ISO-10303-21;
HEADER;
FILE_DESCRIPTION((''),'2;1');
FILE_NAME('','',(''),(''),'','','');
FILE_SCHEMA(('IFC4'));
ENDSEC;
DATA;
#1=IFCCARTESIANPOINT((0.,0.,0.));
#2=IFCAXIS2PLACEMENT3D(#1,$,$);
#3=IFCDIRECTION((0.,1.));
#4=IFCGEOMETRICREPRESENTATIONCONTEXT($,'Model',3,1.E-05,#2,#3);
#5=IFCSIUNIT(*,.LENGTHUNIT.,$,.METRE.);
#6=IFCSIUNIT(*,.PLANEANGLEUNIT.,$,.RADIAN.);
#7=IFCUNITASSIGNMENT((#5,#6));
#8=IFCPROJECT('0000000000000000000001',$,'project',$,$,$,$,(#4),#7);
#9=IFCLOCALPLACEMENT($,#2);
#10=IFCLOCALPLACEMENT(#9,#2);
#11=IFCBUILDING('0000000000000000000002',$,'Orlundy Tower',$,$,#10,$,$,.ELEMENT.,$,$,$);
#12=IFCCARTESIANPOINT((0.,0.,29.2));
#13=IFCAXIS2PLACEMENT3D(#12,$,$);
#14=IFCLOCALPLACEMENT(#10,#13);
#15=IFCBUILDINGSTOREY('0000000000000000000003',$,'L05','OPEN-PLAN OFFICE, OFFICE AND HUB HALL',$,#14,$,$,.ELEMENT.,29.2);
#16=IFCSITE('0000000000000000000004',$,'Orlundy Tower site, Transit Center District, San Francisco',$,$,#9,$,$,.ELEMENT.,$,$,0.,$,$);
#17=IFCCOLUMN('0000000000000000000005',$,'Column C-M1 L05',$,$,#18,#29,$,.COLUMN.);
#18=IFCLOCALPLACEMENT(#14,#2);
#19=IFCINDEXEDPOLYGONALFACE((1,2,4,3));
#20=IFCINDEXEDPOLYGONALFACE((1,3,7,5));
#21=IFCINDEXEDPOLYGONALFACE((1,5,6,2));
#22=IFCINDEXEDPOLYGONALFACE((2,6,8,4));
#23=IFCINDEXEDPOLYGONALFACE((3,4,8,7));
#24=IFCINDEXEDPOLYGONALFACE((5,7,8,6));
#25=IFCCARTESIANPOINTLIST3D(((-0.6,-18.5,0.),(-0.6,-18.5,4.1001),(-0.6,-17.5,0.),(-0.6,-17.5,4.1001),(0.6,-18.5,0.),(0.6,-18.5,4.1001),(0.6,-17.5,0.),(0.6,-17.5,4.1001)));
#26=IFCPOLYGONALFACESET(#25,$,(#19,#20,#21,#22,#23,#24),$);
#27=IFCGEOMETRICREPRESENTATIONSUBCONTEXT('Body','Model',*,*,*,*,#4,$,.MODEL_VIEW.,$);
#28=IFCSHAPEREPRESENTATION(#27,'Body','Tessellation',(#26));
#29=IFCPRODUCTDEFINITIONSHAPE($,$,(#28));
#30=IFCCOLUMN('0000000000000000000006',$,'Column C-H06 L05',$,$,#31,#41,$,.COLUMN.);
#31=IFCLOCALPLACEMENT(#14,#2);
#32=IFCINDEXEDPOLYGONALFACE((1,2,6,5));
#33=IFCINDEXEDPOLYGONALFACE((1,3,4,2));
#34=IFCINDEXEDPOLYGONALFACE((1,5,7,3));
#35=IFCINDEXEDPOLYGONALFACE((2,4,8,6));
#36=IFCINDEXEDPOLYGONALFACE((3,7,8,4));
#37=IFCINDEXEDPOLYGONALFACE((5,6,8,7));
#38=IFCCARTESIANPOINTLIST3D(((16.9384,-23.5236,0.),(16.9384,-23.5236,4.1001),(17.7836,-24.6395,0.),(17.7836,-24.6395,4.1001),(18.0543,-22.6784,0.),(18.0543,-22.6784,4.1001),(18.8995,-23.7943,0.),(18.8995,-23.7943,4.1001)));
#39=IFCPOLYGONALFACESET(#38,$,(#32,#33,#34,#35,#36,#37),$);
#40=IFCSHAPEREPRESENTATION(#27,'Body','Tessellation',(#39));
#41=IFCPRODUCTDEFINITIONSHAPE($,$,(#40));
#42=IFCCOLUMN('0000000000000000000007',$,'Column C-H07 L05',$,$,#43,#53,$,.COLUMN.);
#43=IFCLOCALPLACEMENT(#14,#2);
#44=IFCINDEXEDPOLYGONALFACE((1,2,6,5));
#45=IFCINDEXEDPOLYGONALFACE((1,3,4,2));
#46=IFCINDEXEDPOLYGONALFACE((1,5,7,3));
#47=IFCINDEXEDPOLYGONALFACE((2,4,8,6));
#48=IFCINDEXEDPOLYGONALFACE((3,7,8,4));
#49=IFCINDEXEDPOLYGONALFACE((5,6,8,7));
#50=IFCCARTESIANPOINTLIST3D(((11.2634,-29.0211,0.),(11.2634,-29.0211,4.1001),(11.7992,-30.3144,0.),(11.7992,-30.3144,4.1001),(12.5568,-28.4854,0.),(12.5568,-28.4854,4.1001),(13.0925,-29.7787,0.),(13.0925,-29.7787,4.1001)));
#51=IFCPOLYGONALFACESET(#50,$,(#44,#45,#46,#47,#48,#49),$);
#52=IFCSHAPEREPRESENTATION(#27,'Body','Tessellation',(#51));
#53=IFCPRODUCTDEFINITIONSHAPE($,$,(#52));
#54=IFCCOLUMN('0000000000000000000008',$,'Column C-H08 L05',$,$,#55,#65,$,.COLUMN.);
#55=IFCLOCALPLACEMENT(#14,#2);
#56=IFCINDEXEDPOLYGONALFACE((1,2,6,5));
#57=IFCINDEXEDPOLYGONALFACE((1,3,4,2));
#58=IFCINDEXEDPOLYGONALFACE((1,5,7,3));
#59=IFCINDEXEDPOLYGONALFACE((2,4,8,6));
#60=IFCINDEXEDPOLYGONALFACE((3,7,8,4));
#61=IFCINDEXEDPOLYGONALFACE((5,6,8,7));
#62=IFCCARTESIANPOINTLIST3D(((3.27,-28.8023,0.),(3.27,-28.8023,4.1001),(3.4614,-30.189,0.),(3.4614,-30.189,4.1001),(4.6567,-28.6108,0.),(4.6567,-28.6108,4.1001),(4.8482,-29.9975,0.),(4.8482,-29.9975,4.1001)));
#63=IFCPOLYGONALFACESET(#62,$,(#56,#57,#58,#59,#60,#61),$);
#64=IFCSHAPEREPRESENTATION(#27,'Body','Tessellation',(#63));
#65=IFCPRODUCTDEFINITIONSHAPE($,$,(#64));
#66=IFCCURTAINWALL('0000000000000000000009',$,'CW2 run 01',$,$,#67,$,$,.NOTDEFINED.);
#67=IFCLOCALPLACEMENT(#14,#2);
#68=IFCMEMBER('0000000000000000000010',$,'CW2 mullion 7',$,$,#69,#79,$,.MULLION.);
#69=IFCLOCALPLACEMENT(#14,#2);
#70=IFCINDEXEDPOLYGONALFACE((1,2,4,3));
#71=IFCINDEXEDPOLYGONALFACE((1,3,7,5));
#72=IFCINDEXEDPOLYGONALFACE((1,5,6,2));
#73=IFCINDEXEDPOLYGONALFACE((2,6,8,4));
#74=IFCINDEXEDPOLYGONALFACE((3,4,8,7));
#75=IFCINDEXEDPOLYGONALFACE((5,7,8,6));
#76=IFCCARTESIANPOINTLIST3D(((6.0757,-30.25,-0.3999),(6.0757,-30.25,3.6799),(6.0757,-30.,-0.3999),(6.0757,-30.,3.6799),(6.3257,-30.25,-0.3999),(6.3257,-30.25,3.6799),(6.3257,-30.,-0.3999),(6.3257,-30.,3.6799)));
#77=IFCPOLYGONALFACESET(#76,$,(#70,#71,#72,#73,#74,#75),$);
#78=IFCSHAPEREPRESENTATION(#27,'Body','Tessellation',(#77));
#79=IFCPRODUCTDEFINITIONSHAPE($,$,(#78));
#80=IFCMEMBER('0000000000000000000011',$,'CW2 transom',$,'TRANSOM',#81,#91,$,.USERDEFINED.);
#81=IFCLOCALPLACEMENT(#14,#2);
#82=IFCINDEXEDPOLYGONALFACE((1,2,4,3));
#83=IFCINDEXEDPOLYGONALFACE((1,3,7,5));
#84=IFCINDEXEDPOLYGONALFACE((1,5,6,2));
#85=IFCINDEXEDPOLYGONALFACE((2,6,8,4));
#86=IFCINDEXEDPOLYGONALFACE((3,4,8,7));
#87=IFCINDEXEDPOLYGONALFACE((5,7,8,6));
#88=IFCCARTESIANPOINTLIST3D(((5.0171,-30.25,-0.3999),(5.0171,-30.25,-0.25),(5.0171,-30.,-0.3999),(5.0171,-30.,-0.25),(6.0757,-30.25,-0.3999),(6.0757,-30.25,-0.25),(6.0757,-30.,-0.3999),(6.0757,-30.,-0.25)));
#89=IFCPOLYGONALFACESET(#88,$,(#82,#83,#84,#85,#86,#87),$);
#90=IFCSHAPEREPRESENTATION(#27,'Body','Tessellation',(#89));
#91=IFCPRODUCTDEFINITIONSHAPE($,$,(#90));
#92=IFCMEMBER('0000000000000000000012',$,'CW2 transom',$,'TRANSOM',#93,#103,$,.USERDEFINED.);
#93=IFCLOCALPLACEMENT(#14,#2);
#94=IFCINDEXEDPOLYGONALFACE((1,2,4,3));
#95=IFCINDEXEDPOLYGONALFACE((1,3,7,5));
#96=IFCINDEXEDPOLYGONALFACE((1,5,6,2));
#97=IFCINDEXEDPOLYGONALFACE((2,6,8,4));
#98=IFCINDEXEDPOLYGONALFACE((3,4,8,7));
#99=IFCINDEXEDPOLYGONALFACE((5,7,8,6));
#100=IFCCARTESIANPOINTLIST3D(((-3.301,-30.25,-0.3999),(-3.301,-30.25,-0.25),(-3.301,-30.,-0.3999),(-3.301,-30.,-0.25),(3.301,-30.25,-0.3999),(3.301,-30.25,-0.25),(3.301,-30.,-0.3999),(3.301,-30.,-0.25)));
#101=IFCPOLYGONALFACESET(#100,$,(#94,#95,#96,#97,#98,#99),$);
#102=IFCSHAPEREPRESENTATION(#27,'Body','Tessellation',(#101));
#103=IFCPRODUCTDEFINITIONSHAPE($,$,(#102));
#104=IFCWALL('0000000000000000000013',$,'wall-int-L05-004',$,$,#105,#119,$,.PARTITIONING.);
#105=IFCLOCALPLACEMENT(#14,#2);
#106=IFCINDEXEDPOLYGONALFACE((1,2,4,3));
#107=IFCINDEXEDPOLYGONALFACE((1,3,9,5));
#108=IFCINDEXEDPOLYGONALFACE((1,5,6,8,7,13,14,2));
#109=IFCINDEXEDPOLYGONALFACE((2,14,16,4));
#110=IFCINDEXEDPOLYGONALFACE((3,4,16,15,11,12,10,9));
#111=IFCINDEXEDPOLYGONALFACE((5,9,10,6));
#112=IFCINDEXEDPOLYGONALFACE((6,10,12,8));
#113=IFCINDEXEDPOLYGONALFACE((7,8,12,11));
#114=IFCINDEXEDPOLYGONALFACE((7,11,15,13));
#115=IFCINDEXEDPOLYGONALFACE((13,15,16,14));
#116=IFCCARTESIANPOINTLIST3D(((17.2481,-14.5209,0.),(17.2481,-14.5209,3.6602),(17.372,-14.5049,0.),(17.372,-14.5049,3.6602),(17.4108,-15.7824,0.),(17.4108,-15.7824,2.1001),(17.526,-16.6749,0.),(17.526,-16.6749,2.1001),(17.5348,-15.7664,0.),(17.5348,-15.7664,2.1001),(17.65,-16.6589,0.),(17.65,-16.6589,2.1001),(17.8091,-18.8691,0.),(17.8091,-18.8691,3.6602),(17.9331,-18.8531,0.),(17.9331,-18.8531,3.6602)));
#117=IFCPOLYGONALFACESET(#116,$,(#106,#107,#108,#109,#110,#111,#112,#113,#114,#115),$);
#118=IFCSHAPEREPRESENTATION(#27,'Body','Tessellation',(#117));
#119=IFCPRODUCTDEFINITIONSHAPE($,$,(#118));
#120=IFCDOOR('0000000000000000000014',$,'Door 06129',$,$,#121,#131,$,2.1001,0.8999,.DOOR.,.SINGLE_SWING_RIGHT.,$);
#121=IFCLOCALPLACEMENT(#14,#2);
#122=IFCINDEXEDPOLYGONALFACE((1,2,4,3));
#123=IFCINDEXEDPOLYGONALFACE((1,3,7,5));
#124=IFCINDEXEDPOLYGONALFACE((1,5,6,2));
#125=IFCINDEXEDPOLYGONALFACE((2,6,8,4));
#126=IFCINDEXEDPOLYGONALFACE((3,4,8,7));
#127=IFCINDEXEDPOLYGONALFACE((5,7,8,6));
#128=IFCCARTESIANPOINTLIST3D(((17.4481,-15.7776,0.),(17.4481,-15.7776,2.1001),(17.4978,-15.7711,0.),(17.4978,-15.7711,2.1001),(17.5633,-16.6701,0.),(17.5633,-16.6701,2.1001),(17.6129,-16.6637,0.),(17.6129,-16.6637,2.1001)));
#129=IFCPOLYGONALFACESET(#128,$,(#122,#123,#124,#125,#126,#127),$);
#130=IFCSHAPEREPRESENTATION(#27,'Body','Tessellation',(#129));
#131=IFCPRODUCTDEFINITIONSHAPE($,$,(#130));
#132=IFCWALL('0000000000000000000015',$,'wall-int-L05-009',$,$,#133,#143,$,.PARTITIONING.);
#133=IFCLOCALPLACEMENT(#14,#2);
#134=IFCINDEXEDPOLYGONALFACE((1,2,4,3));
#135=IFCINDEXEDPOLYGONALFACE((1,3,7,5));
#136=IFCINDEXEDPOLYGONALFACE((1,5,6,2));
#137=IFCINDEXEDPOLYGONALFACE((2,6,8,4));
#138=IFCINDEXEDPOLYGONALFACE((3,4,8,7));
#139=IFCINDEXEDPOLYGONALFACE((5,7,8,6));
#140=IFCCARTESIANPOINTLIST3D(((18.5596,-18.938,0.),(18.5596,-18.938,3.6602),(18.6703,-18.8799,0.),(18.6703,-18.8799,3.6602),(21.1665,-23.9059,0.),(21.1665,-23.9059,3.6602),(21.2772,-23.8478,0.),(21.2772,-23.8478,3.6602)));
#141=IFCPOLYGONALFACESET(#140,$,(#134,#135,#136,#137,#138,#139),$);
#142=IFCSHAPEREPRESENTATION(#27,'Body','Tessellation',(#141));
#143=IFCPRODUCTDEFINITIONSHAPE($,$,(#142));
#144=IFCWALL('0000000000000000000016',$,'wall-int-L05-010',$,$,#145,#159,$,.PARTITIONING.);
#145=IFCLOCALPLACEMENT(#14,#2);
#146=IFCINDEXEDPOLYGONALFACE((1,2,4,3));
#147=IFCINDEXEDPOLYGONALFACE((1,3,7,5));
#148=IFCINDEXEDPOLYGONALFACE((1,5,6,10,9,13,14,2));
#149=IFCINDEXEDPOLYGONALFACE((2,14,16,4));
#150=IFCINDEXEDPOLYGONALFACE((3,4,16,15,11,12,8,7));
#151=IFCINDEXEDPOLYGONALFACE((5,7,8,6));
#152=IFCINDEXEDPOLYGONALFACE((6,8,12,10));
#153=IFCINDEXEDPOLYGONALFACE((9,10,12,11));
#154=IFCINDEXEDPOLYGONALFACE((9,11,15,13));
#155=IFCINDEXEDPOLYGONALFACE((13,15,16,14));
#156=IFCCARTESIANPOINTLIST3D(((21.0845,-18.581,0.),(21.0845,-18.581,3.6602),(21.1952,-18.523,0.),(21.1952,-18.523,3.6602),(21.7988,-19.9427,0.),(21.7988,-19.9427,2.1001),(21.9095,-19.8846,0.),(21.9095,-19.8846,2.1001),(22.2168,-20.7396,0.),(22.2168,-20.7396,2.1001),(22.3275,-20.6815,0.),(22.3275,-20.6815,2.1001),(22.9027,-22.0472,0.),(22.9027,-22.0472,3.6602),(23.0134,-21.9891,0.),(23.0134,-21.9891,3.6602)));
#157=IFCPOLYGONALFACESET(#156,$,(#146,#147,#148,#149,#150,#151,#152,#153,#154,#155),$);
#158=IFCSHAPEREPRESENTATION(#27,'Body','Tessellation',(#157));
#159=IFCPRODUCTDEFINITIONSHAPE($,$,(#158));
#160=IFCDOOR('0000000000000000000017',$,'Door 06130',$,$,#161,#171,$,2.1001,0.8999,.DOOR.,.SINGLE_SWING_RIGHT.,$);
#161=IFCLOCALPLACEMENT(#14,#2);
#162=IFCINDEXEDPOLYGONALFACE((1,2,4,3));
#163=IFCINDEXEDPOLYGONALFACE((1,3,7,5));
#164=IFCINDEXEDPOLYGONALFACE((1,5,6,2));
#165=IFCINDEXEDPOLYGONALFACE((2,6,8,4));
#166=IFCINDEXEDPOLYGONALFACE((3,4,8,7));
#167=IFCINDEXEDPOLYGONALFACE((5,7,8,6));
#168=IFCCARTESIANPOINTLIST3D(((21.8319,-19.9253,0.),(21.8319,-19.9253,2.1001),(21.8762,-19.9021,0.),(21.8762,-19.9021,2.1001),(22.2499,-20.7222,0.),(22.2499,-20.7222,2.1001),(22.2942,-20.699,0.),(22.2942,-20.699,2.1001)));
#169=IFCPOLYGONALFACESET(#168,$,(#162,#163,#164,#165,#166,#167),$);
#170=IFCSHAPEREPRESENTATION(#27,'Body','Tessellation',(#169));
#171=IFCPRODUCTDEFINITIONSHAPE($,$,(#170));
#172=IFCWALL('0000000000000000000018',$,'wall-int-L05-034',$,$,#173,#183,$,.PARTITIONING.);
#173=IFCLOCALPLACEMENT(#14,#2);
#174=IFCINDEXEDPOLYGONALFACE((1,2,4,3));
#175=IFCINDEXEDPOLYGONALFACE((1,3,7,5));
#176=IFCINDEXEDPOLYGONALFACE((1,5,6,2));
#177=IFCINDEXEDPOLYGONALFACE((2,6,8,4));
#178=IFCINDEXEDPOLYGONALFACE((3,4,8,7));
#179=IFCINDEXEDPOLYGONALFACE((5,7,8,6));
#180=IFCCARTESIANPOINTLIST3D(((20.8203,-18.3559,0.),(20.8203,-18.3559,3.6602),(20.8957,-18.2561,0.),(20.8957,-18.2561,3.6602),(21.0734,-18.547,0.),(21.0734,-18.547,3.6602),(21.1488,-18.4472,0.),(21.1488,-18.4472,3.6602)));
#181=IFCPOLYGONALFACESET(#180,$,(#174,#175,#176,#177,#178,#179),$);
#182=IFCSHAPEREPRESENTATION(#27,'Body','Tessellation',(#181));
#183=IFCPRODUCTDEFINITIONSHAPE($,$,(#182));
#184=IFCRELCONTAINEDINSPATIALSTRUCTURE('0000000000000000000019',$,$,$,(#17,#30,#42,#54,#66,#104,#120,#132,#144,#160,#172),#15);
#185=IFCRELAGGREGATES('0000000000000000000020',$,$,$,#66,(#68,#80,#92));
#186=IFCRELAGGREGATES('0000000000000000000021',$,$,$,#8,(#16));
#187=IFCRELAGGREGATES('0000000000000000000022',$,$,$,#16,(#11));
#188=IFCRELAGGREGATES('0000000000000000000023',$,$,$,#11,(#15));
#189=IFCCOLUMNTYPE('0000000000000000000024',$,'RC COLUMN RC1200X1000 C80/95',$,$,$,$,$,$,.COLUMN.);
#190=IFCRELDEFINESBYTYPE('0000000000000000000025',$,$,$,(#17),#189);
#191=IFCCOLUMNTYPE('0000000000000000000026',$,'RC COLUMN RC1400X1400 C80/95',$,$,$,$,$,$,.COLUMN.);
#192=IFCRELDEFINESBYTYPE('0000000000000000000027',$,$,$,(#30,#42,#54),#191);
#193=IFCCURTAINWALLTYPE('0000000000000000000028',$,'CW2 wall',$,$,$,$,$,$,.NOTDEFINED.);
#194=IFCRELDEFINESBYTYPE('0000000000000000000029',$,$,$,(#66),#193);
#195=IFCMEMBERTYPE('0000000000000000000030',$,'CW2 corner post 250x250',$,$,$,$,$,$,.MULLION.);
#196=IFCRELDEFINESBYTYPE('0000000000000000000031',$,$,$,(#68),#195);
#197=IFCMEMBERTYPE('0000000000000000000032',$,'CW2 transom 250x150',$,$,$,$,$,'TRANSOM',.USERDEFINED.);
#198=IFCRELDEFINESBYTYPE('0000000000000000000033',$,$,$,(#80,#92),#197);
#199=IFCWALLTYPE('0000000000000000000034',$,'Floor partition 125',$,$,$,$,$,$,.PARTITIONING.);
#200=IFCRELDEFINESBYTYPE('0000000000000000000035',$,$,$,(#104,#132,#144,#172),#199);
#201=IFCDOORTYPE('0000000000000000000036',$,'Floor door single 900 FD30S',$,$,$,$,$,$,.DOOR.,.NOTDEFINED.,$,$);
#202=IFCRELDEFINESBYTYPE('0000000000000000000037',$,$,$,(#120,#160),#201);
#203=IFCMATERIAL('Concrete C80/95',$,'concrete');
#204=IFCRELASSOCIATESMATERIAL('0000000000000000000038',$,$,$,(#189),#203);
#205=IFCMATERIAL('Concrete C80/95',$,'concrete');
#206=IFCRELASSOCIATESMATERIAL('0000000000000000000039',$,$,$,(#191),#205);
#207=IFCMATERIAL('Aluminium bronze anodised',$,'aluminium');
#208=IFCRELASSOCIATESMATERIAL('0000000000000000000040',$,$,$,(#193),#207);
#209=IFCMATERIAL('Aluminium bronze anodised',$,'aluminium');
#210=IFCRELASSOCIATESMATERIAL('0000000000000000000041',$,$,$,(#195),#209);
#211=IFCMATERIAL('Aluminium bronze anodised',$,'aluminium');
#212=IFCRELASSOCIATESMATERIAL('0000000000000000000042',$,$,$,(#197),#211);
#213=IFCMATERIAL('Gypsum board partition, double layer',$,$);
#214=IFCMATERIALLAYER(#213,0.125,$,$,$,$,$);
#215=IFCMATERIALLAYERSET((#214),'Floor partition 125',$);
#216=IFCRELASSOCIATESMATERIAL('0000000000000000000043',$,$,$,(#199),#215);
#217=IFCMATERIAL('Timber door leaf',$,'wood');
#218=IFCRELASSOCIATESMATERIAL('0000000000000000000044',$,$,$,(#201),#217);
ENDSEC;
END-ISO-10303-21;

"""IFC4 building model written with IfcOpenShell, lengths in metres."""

from ifc_helpers import new_model, si_unit, direction, frame, frame_2d, origin, origin_2d, place, context, subcontext, project, spatial, rectangle, extrude, material, layer, layer_set, material_profile, profile_set, type_object, element, fill, aggregate, save


model = new_model("IFC4")

# Units and contexts
model_context = context("Model", 3, precision=1e-05, world=origin(), true_north=direction((0.0, 1.0)))
body_context = subcontext(model_context, "Body", "Model", "MODEL_VIEW")
ifc_project = project(units=[si_unit("LENGTHUNIT", "METRE"), si_unit("PLANEANGLEUNIT", "RADIAN")], contexts=[model_context])

# Site, building, storey
site_placement = place(None, origin())
site = spatial("IfcSite", under=ifc_project, at=site_placement, Name="Orlundy Tower site, Transit Center District, San Francisco", CompositionType="ELEMENT", RefElevation=0.0)
building_placement = place(site_placement, origin())
building = spatial("IfcBuilding", under=site, at=building_placement, Name="Orlundy Tower", CompositionType="ELEMENT")
storey_placement = place(building_placement, frame((0.0, 0.0, 29.2)))
storey = spatial("IfcBuildingStorey", under=building, at=storey_placement, Name="L05", Description="OPEN-PLAN OFFICE, OFFICE AND HUB HALL", CompositionType="ELEMENT", Elevation=29.2)

# Columns
ifc_material_1 = material(Name="Concrete C80/95", Category="concrete")
ifc_material_profile_1 = material_profile(ifc_material_1, rectangle(XDim=1.2, YDim=1.0, at=origin_2d()), Name="RC1200X1000")
ifc_profile_set_1 = profile_set([ifc_material_profile_1], Name="Concrete C80/95")
column_type_1 = type_object("IfcColumnType", Name="RC COLUMN RC1200X1000 C80/95", PredefinedType="COLUMN", material=ifc_profile_set_1)
column_placement = place(storey_placement, frame((0.0, -18.0, 0.0), z_axis=(0.0, 0.0, 1.0), x_axis=(1.0, 0.0, 0.0)))
element("IfcColumn", 1, at=column_placement, inside=storey, type_object=column_type_1, Name="Column C-M1 L05", PredefinedType="COLUMN", context=body_context, shape_type="SweptSolid", body=[
    extrude(rectangle(XDim=1.2, YDim=1.0, at=origin_2d()), origin(), (0.0, 0.0, 1.0), 4.1001),
])
ifc_material_2 = material(Name="Concrete C80/95", Category="concrete")
ifc_material_profile_2 = material_profile(ifc_material_2, rectangle(XDim=1.3999, YDim=1.3999, at=origin_2d()), Name="RC1400X1400")
ifc_profile_set_2 = profile_set([ifc_material_profile_2], Name="Concrete C80/95")
column_type_2 = type_object("IfcColumnType", Name="RC COLUMN RC1400X1400 C80/95", PredefinedType="COLUMN", material=ifc_profile_set_2)
for number, where, z_axis, x_axis, name in (
    (2, (17.9189, -23.6589, 0.0), (0.0, 0.0, 1.0), (0.603765, -0.797163, 0.0), "Column C-H06 L05"),
    (3, (12.178, -29.3999, 0.0), (0.0, 0.0, 1.0), (0.382683, -0.92388, 0.0), "Column C-H07 L05"),
    (4, (4.0591, -29.3999, 0.0), (0.0, 0.0, 1.0), (0.13677, -0.990603, 0.0), "Column C-H08 L05"),
):
    element("IfcColumn", number, at=place(storey_placement, frame(where, z_axis=z_axis, x_axis=x_axis)), inside=storey, type_object=column_type_2, Name=name, PredefinedType="COLUMN", context=body_context, shape_type="SweptSolid", body=[
        extrude(rectangle(XDim=1.3999, YDim=1.3999, at=origin_2d()), origin(), (0.0, 0.0, 1.0), 4.1001),
    ])

# Curtain wall, members
ifc_material_3 = material(Name="Aluminium bronze anodised", Category="aluminium")
curtain_wall_type = type_object("IfcCurtainWallType", Name="CW2 wall", PredefinedType="NOTDEFINED", material=ifc_material_3)
curtain_wall_placement = place(storey_placement, origin())
curtain_wall = element("IfcCurtainWall", 5, at=curtain_wall_placement, inside=storey, type_object=curtain_wall_type, Name="CW2 run 01", PredefinedType="NOTDEFINED")
ifc_material_4 = material(Name="Aluminium bronze anodised", Category="aluminium")
ifc_material_profile_3 = material_profile(ifc_material_4, rectangle(XDim=0.25, YDim=0.25, at=origin_2d()), Name="CW2 corner post 250x250")
ifc_profile_set_3 = profile_set([ifc_material_profile_3], Name="Aluminium bronze anodised")
member_type_1 = type_object("IfcMemberType", Name="CW2 corner post 250x250", PredefinedType="MULLION", material=ifc_profile_set_3)
member_1_placement = place(storey_placement, frame((6.2007, -30.125, -0.3999), z_axis=(0.0, 0.0, 1.0), x_axis=(0.0, -1.0, 0.0)))
member_1 = element("IfcMember", 6, at=member_1_placement, type_object=member_type_1, Name="CW2 mullion 7", PredefinedType="MULLION", context=body_context, shape_type="SweptSolid", body=[
    extrude(rectangle(XDim=0.25, YDim=0.25, at=origin_2d()), origin(), (0.0, 0.0, 1.0), 4.0798),
])
ifc_material_5 = material(Name="Aluminium bronze anodised", Category="aluminium")
ifc_material_profile_4 = material_profile(ifc_material_5, rectangle(XDim=0.25, YDim=0.1499, at=origin_2d()), Name="CW2 transom 250x150")
ifc_profile_set_4 = profile_set([ifc_material_profile_4], Name="Aluminium bronze anodised")
member_type_2 = type_object("IfcMemberType", Name="CW2 transom 250x150", ElementType="TRANSOM", PredefinedType="USERDEFINED", material=ifc_profile_set_4)
member_2_placement = place(storey_placement, frame((6.0757, -30.125, -0.325), z_axis=(-1.0, 0.0, 0.0), x_axis=(0.0, -1.0, 0.0)))
member_2 = element("IfcMember", 7, at=member_2_placement, type_object=member_type_2, Name="CW2 transom", ObjectType="TRANSOM", PredefinedType="USERDEFINED", context=body_context, shape_type="SweptSolid", body=[
    extrude(rectangle(XDim=0.25, YDim=0.1499, at=origin_2d()), origin(), (0.0, 0.0, 1.0), 1.0586),
])
member_3_placement = place(storey_placement, frame((3.301, -30.125, -0.325), z_axis=(-1.0, 0.0, 0.0), x_axis=(0.0, -1.0, 0.0)))
member_3 = element("IfcMember", 8, at=member_3_placement, type_object=member_type_2, Name="CW2 transom", ObjectType="TRANSOM", PredefinedType="USERDEFINED", context=body_context, shape_type="SweptSolid", body=[
    extrude(rectangle(XDim=0.25, YDim=0.1499, at=origin_2d()), origin(), (0.0, 0.0, 1.0), 6.6021),
])
aggregate(curtain_wall, [member_1, member_2, member_3])

# Wall, opening, door
ifc_material_6 = material(Name="Gypsum board partition, double layer")
ifc_layer = layer(ifc_material_6, 0.125)
ifc_layer_set = layer_set([ifc_layer], Name="Floor partition 125")
wall_type = type_object("IfcWallType", Name="Floor partition 125", PredefinedType="PARTITIONING", material=ifc_layer_set)
wall_1_placement = place(storey_placement, frame((17.8711, -18.8611, 0.0), z_axis=(0.0, 0.0, 1.0), x_axis=(-0.127968, 0.991778, 0.0)))
wall_1 = element("IfcWall", 9, at=wall_1_placement, inside=storey, type_object=wall_type, Name="wall-int-L05-004", PredefinedType="PARTITIONING", context=body_context, shape_type="SweptSolid", body=[
    extrude(rectangle(XDim=4.3843, YDim=0.125, at=frame_2d((2.1921, 0.0))), origin(), (0.0, 0.0, 1.0), 3.6602),
])
opening_1_placement = place(wall_1_placement, frame((2.2124, 0.0, 0.0)))
opening_1 = element("IfcOpeningElement", 10, at=opening_1_placement, cuts=wall_1, PredefinedType="OPENING", context=body_context, shape_type="SweptSolid", body=[
    extrude(rectangle(XDim=0.8999, YDim=2.1001, at=frame_2d((0.45, 1.05))), frame((0.0, 0.0725, 0.0), z_axis=(0.0, -1.0, 0.0), x_axis=(1.0, 0.0, 0.0)), (0.0, 0.0, 1.0), 0.145),
])
ifc_material_7 = material(Name="Timber door leaf", Category="wood")
door_type = type_object("IfcDoorType", Name="Floor door single 900 FD30S", OperationType="NOTDEFINED", PredefinedType="DOOR", material=ifc_material_7)
door_1_placement = place(opening_1_placement, origin())
door_1 = element("IfcDoor", 11, at=door_1_placement, inside=storey, type_object=door_type, Name="Door 06129", OperationType="SINGLE_SWING_RIGHT", OverallHeight=2.1001, OverallWidth=0.8999, PredefinedType="DOOR", context=body_context, shape_type="SweptSolid", body=[
    extrude(rectangle(XDim=0.8999, YDim=2.1001, at=frame_2d((0.45, 1.05))), frame((0.0, 0.0249, 0.0), z_axis=(0.0, -1.0, 0.0), x_axis=(1.0, 0.0, 0.0)), (0.0, 0.0, 1.0), 0.05),
])
fill(opening_1, door_1)

# Wall
wall_2_placement = place(storey_placement, frame((18.615, -18.9089, 0.0), z_axis=(0.0, 0.0, 1.0), x_axis=(0.464656, -0.885491, 0.0)))
element("IfcWall", 12, at=wall_2_placement, inside=storey, type_object=wall_type, Name="wall-int-L05-009", PredefinedType="PARTITIONING", context=body_context, shape_type="SweptSolid", body=[
    extrude(rectangle(XDim=5.6104, YDim=0.125, at=frame_2d((2.8052, 0.0))), origin(), (0.0, 0.0, 1.0), 3.6602),
])

# Wall, opening, door
wall_3_placement = place(storey_placement, frame((21.1399, -18.552, 0.0), z_axis=(0.0, 0.0, 1.0), x_axis=(0.46452, -0.885563, 0.0)))
wall_3 = element("IfcWall", 13, at=wall_3_placement, inside=storey, type_object=wall_type, Name="wall-int-L05-010", PredefinedType="PARTITIONING", context=body_context, shape_type="SweptSolid", body=[
    extrude(rectangle(XDim=3.9141, YDim=0.125, at=frame_2d((1.957, 0.0))), origin(), (0.0, 0.0, 1.0), 3.6602),
])
opening_2_placement = place(wall_3_placement, frame((1.5376, 0.0, 0.0)))
opening_2 = element("IfcOpeningElement", 14, at=opening_2_placement, cuts=wall_3, PredefinedType="OPENING", context=body_context, shape_type="SweptSolid", body=[
    extrude(rectangle(XDim=0.8999, YDim=2.1001, at=frame_2d((0.45, 1.05))), frame((0.0, 0.0725, 0.0), z_axis=(0.0, -1.0, 0.0), x_axis=(1.0, 0.0, 0.0)), (0.0, 0.0, 1.0), 0.145),
])
door_2_placement = place(opening_2_placement, origin())
door_2 = element("IfcDoor", 15, at=door_2_placement, inside=storey, type_object=door_type, Name="Door 06130", OperationType="SINGLE_SWING_RIGHT", OverallHeight=2.1001, OverallWidth=0.8999, PredefinedType="DOOR", context=body_context, shape_type="SweptSolid", body=[
    extrude(rectangle(XDim=0.8999, YDim=2.1001, at=frame_2d((0.45, 1.05))), frame((0.0, 0.0249, 0.0), z_axis=(0.0, -1.0, 0.0), x_axis=(1.0, 0.0, 0.0)), (0.0, 0.0, 1.0), 0.05),
])
fill(opening_2, door_2)

# Wall
wall_4_placement = place(storey_placement, frame((20.8579, -18.3059, 0.0), z_axis=(0.0, 0.0, 1.0), x_axis=(0.798056, -0.602583, 0.0)))
element("IfcWall", 16, at=wall_4_placement, inside=storey, type_object=wall_type, Name="wall-int-L05-034", PredefinedType="PARTITIONING", context=body_context, shape_type="SweptSolid", body=[
    extrude(rectangle(XDim=0.3171, YDim=0.125, at=frame_2d((0.1587, 0.0))), origin(), (0.0, 0.0, 1.0), 3.6602),
])

save(model, "model.ifc")
